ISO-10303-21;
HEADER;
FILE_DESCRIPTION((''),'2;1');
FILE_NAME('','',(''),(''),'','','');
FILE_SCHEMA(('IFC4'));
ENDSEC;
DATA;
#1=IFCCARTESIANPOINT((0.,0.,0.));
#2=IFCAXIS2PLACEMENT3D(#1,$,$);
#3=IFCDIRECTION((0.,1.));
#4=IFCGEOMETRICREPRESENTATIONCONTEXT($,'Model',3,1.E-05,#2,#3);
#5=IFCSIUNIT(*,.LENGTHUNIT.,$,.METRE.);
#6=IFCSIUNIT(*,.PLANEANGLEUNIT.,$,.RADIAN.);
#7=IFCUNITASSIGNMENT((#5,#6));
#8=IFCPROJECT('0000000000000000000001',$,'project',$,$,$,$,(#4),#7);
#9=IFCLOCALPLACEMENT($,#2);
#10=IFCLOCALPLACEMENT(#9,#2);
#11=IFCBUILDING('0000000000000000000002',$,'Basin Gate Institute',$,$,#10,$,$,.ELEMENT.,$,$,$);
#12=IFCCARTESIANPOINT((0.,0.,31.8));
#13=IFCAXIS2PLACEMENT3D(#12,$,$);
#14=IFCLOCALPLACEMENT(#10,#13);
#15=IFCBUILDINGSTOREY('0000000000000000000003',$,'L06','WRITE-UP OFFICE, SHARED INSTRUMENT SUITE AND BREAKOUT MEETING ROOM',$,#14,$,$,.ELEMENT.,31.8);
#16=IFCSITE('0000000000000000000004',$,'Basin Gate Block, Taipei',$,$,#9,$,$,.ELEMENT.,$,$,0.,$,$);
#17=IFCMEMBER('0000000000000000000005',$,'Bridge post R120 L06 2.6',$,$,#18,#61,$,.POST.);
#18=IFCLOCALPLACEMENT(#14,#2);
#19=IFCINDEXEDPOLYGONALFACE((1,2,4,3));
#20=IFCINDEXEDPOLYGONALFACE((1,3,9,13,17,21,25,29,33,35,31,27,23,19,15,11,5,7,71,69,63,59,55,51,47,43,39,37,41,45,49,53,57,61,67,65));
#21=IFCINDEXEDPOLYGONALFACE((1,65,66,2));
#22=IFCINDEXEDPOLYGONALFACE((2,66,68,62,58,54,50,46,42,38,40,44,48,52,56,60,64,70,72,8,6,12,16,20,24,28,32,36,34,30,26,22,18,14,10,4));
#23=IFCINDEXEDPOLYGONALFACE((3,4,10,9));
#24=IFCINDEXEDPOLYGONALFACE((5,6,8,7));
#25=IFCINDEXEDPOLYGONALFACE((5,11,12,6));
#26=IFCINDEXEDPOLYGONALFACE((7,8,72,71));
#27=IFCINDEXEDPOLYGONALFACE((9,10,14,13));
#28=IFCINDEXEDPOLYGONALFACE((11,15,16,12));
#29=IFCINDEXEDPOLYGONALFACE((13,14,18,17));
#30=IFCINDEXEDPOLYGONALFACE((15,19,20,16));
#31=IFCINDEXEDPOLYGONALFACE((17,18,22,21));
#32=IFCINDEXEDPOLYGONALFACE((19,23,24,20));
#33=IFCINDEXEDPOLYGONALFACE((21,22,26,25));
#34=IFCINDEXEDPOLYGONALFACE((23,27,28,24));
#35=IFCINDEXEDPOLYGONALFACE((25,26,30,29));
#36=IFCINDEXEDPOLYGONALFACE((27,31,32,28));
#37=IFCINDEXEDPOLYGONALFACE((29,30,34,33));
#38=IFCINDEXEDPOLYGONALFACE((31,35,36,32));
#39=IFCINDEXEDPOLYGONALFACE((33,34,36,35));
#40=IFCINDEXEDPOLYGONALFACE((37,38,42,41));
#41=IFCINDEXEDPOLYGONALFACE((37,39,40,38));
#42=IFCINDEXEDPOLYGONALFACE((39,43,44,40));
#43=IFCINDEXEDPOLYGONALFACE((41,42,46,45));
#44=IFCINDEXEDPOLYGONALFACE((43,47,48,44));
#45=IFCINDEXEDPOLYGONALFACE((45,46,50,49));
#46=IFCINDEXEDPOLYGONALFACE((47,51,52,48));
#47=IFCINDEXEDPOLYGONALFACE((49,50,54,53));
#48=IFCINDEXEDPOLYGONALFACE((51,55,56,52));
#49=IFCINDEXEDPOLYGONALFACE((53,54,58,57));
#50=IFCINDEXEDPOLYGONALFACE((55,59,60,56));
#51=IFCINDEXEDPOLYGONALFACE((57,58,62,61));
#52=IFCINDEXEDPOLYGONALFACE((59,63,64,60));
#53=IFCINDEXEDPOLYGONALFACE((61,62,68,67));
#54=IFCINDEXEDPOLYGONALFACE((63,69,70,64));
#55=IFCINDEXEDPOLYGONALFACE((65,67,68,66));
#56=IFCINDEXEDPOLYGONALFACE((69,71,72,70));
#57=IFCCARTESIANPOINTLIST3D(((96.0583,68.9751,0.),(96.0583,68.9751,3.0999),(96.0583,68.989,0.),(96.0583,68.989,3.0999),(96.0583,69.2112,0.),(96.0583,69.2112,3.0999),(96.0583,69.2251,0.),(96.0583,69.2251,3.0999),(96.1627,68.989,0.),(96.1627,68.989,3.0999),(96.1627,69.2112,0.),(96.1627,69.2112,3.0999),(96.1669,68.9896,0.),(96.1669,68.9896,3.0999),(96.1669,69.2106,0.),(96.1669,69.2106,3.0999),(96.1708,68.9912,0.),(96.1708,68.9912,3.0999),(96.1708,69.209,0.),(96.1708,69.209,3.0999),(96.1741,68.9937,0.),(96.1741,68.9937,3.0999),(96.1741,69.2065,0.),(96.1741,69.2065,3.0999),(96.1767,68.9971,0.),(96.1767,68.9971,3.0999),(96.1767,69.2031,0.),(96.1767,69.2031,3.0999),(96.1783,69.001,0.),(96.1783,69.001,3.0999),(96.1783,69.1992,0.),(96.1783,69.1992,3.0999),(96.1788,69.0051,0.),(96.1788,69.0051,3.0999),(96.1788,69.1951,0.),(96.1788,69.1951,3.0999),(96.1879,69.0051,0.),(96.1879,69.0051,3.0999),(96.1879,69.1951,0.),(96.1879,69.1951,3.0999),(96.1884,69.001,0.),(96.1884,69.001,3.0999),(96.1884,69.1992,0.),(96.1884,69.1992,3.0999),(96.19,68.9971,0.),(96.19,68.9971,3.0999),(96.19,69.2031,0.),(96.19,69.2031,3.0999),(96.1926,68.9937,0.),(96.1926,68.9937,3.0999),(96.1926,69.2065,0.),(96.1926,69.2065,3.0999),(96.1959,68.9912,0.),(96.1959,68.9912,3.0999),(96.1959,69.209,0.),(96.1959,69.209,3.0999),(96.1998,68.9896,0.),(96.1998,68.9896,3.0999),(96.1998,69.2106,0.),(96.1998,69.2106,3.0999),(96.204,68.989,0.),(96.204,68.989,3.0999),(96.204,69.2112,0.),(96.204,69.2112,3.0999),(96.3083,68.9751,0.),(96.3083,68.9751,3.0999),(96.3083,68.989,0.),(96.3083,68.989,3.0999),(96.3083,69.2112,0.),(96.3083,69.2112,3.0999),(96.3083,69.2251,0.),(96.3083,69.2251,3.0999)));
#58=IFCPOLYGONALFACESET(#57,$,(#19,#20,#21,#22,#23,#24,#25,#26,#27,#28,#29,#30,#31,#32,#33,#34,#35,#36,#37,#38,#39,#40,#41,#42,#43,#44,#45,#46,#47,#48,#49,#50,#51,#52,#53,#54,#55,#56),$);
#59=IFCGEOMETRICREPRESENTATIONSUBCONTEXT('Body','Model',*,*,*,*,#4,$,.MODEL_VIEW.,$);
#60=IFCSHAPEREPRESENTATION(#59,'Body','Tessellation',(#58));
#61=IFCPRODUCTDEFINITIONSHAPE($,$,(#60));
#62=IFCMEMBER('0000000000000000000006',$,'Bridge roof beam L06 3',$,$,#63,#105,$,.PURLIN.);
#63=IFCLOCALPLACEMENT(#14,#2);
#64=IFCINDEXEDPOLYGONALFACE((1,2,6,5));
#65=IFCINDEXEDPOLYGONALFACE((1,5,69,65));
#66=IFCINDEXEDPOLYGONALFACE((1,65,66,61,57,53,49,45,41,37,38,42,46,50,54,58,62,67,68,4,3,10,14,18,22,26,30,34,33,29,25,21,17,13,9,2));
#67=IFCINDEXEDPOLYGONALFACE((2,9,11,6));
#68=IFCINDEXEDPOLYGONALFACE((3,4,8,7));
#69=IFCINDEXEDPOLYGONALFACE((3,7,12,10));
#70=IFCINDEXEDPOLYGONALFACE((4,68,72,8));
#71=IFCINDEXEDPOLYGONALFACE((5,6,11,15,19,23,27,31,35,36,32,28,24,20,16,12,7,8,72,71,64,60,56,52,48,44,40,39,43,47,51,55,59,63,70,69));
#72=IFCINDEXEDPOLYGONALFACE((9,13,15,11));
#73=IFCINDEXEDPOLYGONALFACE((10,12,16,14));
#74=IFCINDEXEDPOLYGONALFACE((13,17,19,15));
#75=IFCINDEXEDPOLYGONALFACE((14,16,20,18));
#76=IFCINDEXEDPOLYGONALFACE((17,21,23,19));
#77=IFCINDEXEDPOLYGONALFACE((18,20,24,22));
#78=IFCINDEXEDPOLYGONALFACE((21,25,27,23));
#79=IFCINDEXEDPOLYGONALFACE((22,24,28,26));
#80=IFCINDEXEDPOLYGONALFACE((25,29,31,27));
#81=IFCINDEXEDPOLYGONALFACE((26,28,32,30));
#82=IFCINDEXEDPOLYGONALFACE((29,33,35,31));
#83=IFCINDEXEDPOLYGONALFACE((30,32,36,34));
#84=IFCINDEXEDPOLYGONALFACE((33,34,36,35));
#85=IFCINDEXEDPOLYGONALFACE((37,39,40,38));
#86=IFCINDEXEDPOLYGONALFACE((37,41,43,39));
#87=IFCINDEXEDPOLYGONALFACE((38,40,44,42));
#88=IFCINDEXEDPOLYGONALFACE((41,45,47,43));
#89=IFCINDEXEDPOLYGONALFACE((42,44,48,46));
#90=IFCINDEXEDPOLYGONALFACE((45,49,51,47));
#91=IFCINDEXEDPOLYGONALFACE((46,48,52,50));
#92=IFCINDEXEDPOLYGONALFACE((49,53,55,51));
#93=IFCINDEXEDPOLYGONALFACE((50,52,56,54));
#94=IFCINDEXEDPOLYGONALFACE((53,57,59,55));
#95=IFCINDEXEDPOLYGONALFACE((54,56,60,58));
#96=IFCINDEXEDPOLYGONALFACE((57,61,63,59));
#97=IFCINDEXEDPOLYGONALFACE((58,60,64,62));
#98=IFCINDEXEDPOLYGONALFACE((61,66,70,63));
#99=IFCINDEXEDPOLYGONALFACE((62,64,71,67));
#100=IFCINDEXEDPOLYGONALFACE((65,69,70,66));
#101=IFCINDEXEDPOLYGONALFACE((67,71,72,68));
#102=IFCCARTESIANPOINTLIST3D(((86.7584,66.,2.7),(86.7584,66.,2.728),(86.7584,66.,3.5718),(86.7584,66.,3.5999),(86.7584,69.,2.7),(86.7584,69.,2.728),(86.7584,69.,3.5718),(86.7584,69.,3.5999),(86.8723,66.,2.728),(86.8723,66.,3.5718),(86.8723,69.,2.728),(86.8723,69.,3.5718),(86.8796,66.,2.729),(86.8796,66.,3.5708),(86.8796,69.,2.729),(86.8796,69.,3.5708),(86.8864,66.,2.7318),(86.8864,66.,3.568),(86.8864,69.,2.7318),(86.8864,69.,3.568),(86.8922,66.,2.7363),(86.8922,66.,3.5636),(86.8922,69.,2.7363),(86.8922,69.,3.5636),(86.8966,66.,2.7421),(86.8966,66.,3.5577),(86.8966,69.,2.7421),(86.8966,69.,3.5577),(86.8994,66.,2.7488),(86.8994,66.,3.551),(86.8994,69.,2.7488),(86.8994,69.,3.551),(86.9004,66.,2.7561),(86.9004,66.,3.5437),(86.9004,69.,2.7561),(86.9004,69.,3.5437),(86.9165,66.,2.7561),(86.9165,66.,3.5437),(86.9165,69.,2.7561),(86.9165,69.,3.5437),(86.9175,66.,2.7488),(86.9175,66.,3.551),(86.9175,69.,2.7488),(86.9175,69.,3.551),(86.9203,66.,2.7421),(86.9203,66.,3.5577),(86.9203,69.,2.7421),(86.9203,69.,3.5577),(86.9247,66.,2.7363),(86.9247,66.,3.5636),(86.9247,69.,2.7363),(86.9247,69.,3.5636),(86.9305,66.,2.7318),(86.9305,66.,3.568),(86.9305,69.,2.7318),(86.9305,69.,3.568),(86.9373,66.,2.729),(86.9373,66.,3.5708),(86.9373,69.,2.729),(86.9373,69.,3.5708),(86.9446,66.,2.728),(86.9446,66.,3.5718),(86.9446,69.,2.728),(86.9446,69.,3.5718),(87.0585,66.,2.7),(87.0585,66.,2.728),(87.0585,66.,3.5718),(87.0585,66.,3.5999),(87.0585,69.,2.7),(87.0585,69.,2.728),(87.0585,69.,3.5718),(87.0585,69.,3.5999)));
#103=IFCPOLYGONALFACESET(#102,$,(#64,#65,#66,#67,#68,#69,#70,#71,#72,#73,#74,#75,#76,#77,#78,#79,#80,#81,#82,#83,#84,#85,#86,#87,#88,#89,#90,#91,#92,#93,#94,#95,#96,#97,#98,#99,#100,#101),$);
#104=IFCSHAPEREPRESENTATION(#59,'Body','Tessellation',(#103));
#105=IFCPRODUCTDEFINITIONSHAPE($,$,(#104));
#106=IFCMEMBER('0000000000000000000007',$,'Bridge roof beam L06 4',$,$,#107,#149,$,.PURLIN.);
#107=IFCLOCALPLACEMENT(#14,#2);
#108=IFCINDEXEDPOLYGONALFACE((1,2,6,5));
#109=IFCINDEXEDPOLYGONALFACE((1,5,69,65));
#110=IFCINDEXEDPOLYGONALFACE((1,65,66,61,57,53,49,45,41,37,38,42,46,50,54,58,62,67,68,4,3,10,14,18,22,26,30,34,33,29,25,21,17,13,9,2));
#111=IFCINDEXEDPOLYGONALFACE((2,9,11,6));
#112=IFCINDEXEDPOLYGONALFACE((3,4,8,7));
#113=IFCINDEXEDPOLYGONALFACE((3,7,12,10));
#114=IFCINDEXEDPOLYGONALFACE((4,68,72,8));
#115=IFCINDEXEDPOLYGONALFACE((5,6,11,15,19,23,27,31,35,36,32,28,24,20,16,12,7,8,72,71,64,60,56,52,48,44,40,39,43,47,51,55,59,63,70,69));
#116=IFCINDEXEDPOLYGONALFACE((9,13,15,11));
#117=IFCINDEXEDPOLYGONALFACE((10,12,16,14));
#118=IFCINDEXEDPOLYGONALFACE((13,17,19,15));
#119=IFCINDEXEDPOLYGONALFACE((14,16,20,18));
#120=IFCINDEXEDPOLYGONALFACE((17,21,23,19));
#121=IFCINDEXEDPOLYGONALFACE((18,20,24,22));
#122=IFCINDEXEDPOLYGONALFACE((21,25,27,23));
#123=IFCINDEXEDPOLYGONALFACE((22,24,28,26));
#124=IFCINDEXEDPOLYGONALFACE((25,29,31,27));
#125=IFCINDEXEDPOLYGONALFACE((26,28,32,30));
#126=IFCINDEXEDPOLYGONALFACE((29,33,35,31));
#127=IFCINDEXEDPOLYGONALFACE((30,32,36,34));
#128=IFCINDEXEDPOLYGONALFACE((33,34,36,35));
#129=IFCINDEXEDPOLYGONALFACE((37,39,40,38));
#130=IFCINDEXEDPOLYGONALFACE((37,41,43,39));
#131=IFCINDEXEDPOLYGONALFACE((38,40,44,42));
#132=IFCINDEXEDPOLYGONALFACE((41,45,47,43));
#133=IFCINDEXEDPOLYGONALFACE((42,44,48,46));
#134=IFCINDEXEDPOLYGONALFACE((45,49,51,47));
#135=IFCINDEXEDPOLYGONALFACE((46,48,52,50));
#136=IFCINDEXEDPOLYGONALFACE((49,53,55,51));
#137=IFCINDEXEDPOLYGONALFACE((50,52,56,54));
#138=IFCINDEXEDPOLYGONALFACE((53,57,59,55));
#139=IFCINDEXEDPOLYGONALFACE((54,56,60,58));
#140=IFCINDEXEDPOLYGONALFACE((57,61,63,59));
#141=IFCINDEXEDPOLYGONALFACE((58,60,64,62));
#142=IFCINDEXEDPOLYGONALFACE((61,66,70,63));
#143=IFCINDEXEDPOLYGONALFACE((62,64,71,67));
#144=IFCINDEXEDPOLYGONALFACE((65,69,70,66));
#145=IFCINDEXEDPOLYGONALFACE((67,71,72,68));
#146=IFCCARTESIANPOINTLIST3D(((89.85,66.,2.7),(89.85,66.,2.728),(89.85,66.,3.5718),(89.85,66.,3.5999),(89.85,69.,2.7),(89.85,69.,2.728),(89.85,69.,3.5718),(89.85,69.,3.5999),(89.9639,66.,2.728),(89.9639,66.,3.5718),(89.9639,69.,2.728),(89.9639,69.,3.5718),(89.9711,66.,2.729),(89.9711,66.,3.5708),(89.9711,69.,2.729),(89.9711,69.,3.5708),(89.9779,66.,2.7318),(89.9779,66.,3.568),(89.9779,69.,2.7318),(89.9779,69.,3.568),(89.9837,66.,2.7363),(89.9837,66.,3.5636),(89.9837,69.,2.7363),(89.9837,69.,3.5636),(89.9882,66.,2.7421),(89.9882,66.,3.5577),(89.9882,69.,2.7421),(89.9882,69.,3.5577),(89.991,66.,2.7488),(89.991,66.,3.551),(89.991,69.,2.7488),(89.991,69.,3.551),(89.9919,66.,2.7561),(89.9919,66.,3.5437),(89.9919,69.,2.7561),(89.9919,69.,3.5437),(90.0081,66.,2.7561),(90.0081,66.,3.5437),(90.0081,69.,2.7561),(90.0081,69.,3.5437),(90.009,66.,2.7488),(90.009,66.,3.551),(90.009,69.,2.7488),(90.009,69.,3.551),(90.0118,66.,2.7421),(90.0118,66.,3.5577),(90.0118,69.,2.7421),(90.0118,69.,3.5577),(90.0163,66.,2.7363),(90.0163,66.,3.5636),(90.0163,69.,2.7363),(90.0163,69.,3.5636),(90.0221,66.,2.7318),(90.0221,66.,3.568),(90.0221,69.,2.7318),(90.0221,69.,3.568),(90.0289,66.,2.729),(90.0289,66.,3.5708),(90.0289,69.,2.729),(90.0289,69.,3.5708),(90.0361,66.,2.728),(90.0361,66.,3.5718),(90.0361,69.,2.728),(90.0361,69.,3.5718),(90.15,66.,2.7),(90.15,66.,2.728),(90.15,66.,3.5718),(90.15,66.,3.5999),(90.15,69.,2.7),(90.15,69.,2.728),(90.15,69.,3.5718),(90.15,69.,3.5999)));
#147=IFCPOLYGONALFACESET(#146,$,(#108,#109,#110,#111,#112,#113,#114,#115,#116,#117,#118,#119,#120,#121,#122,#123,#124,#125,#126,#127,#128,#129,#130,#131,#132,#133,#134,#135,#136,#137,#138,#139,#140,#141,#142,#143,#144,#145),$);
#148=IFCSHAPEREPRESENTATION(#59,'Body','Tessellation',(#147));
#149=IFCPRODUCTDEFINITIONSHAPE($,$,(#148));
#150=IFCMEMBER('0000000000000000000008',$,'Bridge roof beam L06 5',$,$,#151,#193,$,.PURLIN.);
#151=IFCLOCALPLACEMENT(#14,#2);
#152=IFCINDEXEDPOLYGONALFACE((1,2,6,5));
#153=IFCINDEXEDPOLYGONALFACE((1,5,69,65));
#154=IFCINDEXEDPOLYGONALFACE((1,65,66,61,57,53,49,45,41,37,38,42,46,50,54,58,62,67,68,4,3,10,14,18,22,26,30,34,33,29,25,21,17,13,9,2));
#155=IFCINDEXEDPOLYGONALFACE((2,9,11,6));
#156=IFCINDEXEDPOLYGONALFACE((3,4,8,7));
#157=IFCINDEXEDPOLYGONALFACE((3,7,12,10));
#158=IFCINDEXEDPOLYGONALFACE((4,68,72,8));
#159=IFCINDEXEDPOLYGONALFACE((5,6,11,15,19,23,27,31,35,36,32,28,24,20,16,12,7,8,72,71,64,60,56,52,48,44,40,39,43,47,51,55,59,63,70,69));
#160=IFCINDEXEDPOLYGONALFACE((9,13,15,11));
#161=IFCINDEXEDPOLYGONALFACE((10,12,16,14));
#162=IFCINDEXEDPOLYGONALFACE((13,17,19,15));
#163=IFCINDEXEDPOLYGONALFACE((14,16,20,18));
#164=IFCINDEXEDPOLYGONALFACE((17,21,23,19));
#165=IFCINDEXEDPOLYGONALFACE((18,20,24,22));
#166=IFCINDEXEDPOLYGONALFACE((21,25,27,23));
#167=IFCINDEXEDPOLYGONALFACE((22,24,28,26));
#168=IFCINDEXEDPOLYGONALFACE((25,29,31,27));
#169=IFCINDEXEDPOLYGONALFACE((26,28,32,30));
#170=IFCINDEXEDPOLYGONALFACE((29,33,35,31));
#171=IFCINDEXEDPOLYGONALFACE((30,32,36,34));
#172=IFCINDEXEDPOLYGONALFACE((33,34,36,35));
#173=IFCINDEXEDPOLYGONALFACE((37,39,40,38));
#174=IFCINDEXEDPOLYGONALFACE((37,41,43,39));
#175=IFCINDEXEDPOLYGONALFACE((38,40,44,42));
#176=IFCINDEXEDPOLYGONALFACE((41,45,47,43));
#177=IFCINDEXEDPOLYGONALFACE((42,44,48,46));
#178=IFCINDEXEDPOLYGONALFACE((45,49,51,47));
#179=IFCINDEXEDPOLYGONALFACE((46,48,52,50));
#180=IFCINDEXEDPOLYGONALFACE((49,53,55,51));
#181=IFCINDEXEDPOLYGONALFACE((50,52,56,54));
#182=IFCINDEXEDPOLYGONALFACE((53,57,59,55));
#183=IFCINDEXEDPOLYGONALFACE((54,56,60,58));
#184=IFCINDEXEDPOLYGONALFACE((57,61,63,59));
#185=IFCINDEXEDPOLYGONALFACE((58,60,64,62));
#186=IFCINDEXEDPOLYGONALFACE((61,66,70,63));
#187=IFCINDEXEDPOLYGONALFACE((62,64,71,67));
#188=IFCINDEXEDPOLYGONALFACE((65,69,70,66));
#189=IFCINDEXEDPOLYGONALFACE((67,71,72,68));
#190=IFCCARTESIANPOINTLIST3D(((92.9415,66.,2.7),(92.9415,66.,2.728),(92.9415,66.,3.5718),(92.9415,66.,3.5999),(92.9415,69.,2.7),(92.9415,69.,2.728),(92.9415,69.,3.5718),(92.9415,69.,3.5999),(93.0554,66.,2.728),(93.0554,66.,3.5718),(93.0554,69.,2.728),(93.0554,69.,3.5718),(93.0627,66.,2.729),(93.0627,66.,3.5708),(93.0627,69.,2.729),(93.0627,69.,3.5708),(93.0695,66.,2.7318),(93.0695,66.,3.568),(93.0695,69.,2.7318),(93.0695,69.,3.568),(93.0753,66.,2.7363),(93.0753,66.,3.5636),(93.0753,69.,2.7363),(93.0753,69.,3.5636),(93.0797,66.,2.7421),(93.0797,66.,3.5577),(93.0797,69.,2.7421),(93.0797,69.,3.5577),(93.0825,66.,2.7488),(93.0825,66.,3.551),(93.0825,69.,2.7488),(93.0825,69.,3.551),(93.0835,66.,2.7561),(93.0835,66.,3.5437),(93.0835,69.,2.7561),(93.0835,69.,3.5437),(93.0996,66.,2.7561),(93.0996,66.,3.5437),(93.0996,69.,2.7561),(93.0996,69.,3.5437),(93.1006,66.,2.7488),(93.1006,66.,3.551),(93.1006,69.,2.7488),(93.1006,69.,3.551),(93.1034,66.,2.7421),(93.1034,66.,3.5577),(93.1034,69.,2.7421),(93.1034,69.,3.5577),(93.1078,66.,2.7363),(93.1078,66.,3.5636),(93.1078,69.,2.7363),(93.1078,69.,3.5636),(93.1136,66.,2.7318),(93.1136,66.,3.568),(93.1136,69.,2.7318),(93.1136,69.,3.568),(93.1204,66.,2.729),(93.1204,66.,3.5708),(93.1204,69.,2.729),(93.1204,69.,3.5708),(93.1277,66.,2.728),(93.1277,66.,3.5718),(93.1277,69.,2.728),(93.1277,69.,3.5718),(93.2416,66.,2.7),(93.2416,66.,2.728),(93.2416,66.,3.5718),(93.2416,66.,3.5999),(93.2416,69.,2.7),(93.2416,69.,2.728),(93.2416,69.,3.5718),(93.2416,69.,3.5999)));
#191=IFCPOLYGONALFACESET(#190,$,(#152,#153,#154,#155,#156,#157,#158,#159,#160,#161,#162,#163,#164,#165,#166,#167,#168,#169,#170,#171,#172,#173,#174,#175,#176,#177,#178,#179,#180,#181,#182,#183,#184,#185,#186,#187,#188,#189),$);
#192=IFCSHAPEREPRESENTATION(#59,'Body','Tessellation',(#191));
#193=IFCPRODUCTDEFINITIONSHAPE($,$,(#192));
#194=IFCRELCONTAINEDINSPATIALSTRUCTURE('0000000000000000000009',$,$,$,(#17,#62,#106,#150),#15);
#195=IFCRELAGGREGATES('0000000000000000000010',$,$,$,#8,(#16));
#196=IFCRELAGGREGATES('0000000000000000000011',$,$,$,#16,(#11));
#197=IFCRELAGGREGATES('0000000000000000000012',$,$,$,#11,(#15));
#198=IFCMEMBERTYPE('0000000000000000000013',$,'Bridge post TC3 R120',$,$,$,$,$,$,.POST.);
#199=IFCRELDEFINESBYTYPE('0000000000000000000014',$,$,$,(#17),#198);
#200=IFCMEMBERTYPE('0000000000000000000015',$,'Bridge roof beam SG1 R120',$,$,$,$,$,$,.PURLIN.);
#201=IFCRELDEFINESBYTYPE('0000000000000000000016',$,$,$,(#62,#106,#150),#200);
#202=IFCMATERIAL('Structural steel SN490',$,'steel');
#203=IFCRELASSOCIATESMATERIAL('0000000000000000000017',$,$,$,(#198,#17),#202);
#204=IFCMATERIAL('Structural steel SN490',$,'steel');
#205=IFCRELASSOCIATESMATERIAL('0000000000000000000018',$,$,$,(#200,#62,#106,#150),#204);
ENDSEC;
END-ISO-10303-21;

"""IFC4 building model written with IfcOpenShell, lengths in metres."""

from ifc_helpers import new_model, si_unit, direction, frame, origin, origin_2d, place, context, subcontext, project, spatial, i_section, extrude, material, material_profile, profile_set, type_object, element, save


model = new_model("IFC4")

# Units and contexts
model_context = context("Model", 3, precision=1e-05, world=origin(), true_north=direction((0.0, 1.0)))
body_context = subcontext(model_context, "Body", "Model", "MODEL_VIEW")
ifc_project = project(units=[si_unit("LENGTHUNIT", "METRE"), si_unit("PLANEANGLEUNIT", "RADIAN")], contexts=[model_context])

# Site, building, storey
site_placement = place(None, origin())
site = spatial("IfcSite", under=ifc_project, at=site_placement, Name="Basin Gate Block, Taipei", CompositionType="ELEMENT", RefElevation=0.0)
building_placement = place(site_placement, origin())
building = spatial("IfcBuilding", under=site, at=building_placement, Name="Basin Gate Institute", CompositionType="ELEMENT")
storey_placement = place(building_placement, frame((0.0, 0.0, 31.8)))
storey = spatial("IfcBuildingStorey", under=building, at=storey_placement, Name="L06", Description="WRITE-UP OFFICE, SHARED INSTRUMENT SUITE AND BREAKOUT MEETING ROOM", CompositionType="ELEMENT", Elevation=31.8)

# Members
ifc_material_1 = material(Name="Structural steel SN490", Category="steel")
ifc_material_profile_1 = material_profile(ifc_material_1, i_section(OverallWidth=0.25, OverallDepth=0.25, WebThickness=0.009, FlangeThickness=0.0139, FilletRadius=0.0161, at=origin_2d()), Name="H250x250")
ifc_profile_set_1 = profile_set([ifc_material_profile_1], Name="Structural steel SN490")
member_type_1 = type_object("IfcMemberType", Name="Bridge post TC3 R120", PredefinedType="POST", material=ifc_profile_set_1)
for number, where, z_axis, x_axis, name in (
    (1, (96.1833, 69.1001, 0.0), (0.0, 0.0, 1.0), (1.0, 0.0, 0.0), "Bridge post R120 L06 2.6"),
):
    element("IfcMember", number, at=place(storey_placement, frame(where, z_axis=z_axis, x_axis=x_axis)), inside=storey, type_object=member_type_1, material=ifc_profile_set_1, Name=name, PredefinedType="POST", context=body_context, shape_type="SweptSolid", body=[
        extrude(i_section(OverallWidth=0.25, OverallDepth=0.25, WebThickness=0.009, FlangeThickness=0.0139, FilletRadius=0.0161, at=origin_2d()), origin(), (0.0, 0.0, 1.0), 3.0999),
    ])
ifc_material_2 = material(Name="Structural steel SN490", Category="steel")
ifc_material_profile_2 = material_profile(ifc_material_2, i_section(OverallWidth=0.3, OverallDepth=0.8999, WebThickness=0.0161, FlangeThickness=0.0281, FilletRadius=0.0281, at=origin_2d()), Name="H900x300")
ifc_profile_set_2 = profile_set([ifc_material_profile_2], Name="Structural steel SN490")
member_type_2 = type_object("IfcMemberType", Name="Bridge roof beam SG1 R120", PredefinedType="PURLIN", material=ifc_profile_set_2)
for number, where, z_axis, x_axis, name in (
    (2, (86.9084, 66.0, 3.1499), (0.0, 1.0, 0.0), (-1.0, 0.0, 0.0), "Bridge roof beam L06 3"),
    (3, (90.0, 66.0, 3.1499), (0.0, 1.0, 0.0), (-1.0, 0.0, 0.0), "Bridge roof beam L06 4"),
    (4, (93.0916, 66.0, 3.1499), (0.0, 1.0, 0.0), (-1.0, 0.0, 0.0), "Bridge roof beam L06 5"),
):
    element("IfcMember", number, at=place(storey_placement, frame(where, z_axis=z_axis, x_axis=x_axis)), inside=storey, type_object=member_type_2, material=ifc_profile_set_2, Name=name, PredefinedType="PURLIN", context=body_context, shape_type="SweptSolid", body=[
        extrude(i_section(OverallWidth=0.3, OverallDepth=0.8999, WebThickness=0.0161, FlangeThickness=0.0281, FilletRadius=0.0281, at=origin_2d()), origin(), (0.0, 0.0, 1.0), 3.0),
    ])

save(model, "model.ifc")
